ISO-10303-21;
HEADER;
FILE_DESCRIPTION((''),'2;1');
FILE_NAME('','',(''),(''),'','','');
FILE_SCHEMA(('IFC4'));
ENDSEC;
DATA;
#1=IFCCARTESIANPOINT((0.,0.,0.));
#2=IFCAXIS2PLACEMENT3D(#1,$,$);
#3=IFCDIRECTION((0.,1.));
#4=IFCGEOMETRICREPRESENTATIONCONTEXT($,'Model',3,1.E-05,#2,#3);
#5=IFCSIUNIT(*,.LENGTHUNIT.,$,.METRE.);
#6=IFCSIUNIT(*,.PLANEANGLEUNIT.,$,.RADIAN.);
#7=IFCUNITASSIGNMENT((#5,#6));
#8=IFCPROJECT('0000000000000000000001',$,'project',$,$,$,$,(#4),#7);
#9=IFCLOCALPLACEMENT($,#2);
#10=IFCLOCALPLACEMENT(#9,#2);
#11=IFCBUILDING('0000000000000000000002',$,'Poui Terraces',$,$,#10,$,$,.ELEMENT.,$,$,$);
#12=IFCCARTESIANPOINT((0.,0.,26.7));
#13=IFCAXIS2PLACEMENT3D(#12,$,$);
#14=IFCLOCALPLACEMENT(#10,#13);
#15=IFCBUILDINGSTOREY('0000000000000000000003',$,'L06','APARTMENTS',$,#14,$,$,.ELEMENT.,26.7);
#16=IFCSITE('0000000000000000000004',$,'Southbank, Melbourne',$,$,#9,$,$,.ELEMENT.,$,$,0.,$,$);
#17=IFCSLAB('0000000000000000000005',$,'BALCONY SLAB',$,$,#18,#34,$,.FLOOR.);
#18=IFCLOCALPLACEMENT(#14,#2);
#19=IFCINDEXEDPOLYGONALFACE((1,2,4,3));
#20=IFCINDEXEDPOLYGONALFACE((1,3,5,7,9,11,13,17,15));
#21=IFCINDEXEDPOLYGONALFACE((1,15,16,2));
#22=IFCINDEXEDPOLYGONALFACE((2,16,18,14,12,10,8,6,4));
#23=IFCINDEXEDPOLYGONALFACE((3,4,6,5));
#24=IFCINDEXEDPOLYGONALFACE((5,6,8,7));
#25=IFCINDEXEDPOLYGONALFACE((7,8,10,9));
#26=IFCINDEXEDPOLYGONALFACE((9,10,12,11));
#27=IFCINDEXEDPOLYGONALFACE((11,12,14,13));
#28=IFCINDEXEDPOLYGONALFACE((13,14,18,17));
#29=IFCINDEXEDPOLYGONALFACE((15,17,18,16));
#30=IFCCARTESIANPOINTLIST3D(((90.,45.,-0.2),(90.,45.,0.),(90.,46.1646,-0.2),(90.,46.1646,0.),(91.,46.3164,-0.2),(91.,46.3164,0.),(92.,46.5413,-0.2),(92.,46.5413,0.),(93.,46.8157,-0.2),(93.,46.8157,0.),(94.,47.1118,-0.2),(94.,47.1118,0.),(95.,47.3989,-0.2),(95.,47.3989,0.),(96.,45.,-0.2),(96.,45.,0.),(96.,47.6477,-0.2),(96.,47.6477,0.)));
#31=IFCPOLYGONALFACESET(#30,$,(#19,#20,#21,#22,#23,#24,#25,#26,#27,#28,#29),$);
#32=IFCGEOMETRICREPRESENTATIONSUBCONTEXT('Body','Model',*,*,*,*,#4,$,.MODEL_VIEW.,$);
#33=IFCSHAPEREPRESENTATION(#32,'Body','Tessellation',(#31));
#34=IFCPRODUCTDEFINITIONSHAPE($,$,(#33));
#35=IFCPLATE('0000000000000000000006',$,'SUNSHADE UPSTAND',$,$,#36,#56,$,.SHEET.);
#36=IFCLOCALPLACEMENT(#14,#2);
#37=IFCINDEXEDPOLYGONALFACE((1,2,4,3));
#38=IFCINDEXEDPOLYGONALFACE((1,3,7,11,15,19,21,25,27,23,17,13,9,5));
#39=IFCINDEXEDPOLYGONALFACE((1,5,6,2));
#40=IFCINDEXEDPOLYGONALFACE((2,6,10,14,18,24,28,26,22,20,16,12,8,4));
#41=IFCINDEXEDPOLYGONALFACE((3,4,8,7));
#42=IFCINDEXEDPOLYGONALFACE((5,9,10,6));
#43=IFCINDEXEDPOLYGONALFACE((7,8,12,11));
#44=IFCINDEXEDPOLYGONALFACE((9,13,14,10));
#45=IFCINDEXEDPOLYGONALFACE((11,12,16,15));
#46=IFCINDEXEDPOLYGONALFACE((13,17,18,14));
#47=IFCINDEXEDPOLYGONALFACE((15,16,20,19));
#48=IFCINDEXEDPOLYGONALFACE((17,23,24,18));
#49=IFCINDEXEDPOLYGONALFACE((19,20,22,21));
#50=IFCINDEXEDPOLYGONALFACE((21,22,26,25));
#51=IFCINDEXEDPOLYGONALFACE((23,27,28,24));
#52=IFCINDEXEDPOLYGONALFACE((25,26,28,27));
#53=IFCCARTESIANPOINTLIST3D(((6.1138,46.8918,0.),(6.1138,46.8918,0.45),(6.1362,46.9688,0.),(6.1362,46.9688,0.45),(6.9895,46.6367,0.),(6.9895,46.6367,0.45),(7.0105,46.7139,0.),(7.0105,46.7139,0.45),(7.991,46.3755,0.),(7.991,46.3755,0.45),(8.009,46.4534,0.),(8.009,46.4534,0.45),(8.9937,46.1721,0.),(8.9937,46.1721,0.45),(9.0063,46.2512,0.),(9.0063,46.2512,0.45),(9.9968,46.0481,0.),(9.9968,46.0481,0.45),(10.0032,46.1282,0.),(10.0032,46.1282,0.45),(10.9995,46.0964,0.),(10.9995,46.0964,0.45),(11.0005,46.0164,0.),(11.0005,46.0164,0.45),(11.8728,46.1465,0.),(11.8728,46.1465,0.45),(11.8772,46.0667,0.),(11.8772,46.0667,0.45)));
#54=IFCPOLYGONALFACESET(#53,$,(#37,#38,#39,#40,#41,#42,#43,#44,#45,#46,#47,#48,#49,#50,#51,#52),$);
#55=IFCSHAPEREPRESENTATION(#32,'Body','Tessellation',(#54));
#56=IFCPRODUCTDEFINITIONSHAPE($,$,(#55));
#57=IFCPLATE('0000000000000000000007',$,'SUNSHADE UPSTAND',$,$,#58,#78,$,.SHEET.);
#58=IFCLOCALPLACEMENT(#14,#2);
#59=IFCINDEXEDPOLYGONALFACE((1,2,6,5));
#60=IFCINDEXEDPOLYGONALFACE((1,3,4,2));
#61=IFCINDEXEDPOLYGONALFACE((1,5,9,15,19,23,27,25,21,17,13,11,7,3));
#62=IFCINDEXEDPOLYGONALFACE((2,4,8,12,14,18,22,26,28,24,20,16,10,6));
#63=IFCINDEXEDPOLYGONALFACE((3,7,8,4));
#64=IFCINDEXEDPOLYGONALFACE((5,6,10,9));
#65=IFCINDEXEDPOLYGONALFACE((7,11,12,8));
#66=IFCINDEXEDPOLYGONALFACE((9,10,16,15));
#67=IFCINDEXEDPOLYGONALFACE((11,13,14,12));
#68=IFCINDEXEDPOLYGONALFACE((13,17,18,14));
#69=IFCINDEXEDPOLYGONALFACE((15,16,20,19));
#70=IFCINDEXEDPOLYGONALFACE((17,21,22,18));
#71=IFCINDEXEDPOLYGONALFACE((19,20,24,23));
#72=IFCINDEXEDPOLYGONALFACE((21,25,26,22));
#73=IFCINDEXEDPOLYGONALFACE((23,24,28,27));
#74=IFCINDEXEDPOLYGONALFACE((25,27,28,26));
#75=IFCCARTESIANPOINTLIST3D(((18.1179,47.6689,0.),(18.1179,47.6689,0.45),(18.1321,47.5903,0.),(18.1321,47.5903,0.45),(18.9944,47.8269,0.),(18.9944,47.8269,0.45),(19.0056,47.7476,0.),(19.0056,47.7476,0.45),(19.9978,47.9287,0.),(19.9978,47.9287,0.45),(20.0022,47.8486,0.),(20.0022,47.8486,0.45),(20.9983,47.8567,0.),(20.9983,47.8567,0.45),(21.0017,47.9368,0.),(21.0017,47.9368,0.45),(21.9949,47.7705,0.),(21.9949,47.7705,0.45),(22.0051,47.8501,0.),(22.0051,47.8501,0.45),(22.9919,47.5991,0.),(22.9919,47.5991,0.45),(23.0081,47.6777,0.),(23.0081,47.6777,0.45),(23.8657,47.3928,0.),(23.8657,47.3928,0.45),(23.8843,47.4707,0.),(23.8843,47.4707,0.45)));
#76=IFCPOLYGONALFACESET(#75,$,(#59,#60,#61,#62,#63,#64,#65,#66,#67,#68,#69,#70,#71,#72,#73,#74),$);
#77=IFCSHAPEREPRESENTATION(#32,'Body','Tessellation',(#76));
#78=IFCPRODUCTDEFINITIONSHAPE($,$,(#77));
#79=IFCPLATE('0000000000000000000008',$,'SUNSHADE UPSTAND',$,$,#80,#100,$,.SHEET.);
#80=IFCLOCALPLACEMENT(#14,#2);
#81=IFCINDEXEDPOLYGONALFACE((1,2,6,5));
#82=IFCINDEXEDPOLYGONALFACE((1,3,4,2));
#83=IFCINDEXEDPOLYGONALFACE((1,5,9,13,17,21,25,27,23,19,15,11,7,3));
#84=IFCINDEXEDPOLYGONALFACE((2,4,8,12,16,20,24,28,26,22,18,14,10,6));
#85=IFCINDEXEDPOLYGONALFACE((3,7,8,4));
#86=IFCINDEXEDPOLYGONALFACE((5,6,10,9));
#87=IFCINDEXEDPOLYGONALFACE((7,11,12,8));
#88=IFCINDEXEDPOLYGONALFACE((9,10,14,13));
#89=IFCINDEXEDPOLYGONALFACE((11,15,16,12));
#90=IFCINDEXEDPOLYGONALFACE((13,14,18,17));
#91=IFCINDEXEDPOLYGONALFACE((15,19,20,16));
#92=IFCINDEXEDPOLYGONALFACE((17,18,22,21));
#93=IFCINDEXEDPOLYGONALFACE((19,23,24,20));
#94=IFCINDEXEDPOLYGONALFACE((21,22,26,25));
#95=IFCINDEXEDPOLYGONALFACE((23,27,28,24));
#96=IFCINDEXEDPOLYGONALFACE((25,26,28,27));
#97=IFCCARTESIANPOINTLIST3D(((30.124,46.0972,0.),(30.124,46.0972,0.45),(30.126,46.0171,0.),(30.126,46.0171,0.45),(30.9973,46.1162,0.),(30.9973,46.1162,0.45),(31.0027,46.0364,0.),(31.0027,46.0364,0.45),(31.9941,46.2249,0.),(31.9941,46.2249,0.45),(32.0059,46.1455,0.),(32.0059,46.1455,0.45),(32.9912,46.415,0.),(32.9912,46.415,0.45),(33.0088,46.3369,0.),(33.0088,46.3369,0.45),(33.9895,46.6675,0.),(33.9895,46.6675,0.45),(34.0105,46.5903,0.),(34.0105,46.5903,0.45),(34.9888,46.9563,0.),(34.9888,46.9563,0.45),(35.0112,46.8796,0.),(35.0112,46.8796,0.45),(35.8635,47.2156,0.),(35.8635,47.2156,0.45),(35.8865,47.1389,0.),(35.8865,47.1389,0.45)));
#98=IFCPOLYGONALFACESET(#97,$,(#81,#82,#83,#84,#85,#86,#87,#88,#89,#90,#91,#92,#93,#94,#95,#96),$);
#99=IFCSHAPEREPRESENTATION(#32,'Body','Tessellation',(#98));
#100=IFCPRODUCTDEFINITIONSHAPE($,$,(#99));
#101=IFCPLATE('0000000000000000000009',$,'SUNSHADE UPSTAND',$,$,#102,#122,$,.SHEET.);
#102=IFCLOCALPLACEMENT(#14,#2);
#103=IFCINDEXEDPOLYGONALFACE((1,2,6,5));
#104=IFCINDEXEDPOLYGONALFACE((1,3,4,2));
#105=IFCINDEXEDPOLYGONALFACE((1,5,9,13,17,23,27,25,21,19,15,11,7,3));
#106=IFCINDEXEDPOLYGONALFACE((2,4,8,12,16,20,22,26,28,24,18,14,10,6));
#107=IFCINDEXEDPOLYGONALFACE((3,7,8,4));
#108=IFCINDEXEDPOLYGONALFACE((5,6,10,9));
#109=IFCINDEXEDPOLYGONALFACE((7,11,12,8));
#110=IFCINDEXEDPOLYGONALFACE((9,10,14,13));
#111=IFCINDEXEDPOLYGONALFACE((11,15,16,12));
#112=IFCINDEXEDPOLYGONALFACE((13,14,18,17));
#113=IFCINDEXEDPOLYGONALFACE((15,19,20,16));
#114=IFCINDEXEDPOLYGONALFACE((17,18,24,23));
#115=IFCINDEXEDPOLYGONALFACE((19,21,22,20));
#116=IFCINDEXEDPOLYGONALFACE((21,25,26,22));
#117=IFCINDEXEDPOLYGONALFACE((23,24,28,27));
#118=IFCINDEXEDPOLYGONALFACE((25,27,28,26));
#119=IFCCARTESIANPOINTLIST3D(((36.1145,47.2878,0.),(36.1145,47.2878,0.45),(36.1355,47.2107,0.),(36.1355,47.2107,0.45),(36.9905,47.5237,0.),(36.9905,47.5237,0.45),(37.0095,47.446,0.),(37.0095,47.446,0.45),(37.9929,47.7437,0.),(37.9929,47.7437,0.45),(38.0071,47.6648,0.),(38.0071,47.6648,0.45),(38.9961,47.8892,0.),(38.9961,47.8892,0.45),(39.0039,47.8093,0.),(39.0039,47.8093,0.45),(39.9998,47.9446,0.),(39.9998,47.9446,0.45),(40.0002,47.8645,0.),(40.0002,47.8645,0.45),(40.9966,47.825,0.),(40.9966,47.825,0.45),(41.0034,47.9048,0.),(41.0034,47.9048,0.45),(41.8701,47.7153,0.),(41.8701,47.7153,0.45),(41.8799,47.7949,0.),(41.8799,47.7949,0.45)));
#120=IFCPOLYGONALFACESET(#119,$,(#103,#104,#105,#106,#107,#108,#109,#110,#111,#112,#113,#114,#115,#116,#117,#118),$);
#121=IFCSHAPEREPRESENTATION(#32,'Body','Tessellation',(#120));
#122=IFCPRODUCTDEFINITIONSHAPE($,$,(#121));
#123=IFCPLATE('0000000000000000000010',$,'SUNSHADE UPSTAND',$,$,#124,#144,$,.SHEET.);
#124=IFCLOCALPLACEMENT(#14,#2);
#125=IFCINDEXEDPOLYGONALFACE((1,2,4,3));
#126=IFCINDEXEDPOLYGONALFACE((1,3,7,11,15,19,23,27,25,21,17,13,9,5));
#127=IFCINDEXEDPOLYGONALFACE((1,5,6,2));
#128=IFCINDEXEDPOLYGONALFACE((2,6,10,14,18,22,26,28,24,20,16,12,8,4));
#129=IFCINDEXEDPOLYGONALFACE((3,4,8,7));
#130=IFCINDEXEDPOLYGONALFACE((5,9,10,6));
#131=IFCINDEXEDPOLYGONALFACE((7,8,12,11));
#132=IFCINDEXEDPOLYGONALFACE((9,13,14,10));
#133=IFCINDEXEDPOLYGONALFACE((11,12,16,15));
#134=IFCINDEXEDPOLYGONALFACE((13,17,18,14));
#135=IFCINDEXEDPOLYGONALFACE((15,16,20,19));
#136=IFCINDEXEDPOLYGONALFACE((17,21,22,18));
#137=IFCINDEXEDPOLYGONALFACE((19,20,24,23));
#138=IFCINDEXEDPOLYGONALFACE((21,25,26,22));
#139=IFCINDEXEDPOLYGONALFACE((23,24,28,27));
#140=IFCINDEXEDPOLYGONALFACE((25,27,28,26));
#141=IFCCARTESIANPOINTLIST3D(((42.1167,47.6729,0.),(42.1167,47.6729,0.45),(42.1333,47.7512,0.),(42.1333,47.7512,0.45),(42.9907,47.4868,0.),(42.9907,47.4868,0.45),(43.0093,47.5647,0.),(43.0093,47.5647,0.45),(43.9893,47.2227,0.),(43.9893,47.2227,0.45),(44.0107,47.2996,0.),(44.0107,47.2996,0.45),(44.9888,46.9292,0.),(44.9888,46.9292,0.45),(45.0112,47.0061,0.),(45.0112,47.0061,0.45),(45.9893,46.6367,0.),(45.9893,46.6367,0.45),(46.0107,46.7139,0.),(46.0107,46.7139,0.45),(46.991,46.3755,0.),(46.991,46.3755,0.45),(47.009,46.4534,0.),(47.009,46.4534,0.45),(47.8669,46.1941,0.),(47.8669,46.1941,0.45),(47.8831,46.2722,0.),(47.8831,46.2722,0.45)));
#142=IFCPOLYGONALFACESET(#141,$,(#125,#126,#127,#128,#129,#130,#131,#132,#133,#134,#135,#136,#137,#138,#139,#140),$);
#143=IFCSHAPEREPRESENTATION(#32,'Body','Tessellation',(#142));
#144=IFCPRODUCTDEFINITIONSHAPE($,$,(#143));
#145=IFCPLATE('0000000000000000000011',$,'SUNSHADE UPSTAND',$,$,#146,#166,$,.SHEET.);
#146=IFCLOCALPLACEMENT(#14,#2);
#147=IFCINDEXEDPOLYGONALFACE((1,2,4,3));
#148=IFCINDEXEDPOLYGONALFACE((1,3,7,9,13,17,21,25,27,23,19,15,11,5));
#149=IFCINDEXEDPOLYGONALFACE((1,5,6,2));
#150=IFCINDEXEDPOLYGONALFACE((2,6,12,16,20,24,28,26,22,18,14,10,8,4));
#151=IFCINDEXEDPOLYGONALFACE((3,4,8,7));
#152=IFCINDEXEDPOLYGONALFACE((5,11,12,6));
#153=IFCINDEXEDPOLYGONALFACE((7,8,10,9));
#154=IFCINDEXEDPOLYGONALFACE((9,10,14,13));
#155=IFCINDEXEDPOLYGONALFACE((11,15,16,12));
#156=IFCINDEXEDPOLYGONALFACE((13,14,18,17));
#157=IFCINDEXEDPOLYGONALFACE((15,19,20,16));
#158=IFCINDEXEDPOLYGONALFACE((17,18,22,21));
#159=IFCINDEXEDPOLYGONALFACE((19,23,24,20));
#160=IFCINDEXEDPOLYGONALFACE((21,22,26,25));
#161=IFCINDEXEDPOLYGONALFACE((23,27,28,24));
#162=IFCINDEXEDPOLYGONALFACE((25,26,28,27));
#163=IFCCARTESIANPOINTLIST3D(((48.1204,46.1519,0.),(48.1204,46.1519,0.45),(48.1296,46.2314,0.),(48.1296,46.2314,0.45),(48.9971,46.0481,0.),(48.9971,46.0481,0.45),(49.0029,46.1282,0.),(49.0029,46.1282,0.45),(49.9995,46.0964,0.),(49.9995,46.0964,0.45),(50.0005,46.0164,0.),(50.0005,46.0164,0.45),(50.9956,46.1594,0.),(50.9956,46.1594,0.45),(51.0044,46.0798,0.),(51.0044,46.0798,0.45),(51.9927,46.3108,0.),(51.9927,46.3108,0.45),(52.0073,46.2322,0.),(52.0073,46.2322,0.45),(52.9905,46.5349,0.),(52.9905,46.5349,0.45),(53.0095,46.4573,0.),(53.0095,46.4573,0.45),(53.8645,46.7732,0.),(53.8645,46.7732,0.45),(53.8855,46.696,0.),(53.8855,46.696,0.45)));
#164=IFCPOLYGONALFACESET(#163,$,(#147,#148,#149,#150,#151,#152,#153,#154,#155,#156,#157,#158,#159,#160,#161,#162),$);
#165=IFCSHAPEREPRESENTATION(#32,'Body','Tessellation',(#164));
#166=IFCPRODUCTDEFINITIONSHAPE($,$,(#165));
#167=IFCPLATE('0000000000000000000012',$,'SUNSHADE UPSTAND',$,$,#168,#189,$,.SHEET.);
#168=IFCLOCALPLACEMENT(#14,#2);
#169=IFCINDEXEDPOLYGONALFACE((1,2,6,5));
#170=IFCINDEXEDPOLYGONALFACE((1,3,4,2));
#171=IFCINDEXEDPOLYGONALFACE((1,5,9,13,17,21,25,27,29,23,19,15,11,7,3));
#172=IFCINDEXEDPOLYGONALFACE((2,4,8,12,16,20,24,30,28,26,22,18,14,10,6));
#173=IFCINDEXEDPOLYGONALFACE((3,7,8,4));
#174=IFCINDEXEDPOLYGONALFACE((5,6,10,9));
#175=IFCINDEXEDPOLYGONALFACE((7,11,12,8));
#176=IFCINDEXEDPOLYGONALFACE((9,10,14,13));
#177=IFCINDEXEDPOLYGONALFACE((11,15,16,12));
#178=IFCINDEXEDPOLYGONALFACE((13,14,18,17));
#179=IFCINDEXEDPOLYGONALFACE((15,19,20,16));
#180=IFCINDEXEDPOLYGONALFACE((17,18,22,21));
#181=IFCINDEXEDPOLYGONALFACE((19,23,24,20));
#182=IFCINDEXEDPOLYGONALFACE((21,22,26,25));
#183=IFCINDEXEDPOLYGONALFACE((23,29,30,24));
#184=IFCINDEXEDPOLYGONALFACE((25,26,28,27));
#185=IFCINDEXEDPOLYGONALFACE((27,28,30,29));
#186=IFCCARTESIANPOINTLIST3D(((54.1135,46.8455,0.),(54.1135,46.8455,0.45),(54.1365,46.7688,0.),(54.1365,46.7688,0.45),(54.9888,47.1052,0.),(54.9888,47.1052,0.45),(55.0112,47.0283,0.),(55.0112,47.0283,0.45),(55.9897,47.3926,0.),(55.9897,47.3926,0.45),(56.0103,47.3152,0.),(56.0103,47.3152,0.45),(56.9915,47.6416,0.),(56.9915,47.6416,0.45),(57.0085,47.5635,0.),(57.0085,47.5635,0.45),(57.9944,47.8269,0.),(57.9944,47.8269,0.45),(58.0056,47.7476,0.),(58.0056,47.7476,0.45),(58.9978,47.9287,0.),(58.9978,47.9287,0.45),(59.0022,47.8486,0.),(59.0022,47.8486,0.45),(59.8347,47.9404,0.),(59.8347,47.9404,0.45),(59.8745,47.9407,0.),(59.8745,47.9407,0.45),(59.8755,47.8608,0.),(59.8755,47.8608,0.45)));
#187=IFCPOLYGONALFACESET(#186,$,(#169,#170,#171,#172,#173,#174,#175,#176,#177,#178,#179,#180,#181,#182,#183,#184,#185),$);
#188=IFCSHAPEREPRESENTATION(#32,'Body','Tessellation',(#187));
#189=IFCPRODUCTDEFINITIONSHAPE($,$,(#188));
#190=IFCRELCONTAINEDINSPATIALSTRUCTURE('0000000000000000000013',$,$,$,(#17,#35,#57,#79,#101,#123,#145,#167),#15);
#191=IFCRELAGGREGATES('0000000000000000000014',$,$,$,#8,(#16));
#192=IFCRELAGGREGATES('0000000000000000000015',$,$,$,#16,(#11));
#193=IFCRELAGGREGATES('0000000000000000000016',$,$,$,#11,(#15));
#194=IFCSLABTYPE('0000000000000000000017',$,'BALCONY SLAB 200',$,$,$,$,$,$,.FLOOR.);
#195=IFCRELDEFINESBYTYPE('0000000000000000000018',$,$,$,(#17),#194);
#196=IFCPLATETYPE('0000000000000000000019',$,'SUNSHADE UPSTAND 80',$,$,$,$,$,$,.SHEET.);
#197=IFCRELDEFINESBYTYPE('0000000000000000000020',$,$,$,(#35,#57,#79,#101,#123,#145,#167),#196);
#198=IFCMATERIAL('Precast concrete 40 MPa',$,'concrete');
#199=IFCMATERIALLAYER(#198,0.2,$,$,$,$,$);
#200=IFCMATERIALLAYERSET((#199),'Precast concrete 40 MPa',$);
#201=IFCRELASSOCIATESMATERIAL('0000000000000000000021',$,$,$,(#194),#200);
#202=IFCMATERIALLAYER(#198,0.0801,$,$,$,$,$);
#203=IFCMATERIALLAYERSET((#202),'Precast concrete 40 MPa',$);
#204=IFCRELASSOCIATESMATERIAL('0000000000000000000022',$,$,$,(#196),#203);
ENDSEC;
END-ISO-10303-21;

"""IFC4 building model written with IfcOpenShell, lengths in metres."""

from ifc_helpers import new_model, si_unit, direction, frame, origin, place, context, subcontext, project, spatial, polyline, outline, extrude, material, layer, layer_set, type_object, element, save


model = new_model("IFC4")

# Units and contexts
model_context = context("Model", 3, precision=1e-05, world=origin(), true_north=direction((0.0, 1.0)))
body_context = subcontext(model_context, "Body", "Model", "MODEL_VIEW")
ifc_project = project(units=[si_unit("LENGTHUNIT", "METRE"), si_unit("PLANEANGLEUNIT", "RADIAN")], contexts=[model_context])

# Site, building, storey
site_placement = place(None, origin())
site = spatial("IfcSite", under=ifc_project, at=site_placement, Name="Southbank, Melbourne", CompositionType="ELEMENT", RefElevation=0.0)
building_placement = place(site_placement, origin())
building = spatial("IfcBuilding", under=site, at=building_placement, Name="Poui Terraces", CompositionType="ELEMENT")
storey_placement = place(building_placement, frame((0.0, 0.0, 26.7)))
storey = spatial("IfcBuildingStorey", under=building, at=storey_placement, Name="L06", Description="APARTMENTS", CompositionType="ELEMENT", Elevation=26.7)

# Slab
ifc_material_1 = material(Name="Precast concrete 40 MPa", Category="concrete")
ifc_layer_1 = layer(ifc_material_1, 0.2)
ifc_layer_set_1 = layer_set([ifc_layer_1], Name="Precast concrete 40 MPa")
slab_type_1 = type_object("IfcSlabType", Name="BALCONY SLAB 200", PredefinedType="FLOOR", material=ifc_layer_set_1)
slab_1_placement = place(storey_placement, frame((0.0, 0.0, -0.2)))
element("IfcSlab", 1, at=slab_1_placement, inside=storey, type_object=slab_type_1, Name="BALCONY SLAB", PredefinedType="FLOOR", context=body_context, shape_type="SweptSolid", body=[
    extrude(outline(polyline([(90.0, 45.0), (96.0, 45.0), (96.0, 47.6477), (95.0, 47.3989), (94.0, 47.1118), (93.0, 46.8157), (92.0, 46.5413), (91.0, 46.3164), (90.0, 46.1646), (90.0, 45.0)])), origin(), (0.0, 0.0, 1.0), 0.2),
])

# Plates
ifc_layer_2 = layer(ifc_material_1, 0.0801)
ifc_layer_set_2 = layer_set([ifc_layer_2], Name="Precast concrete 40 MPa")
plate_type = type_object("IfcPlateType", Name="SUNSHADE UPSTAND 80", PredefinedType="SHEET", material=ifc_layer_set_2)
plate_1_placement = place(storey_placement, origin())
element("IfcPlate", 2, at=plate_1_placement, inside=storey, type_object=plate_type, Name="SUNSHADE UPSTAND", PredefinedType="SHEET", context=body_context, shape_type="SweptSolid", body=[
    extrude(outline(polyline([(7.0105, 46.7139), (6.1362, 46.9688), (6.1138, 46.8918), (6.9895, 46.6367), (7.991, 46.3755), (8.9937, 46.1721), (9.9968, 46.0481), (11.0005, 46.0164), (11.8772, 46.0667), (11.8728, 46.1465), (10.9995, 46.0964), (10.0032, 46.1282), (9.0063, 46.2512), (8.009, 46.4534), (7.0105, 46.7139)])), origin(), (0.0, 0.0, 1.0), 0.45),
])
plate_2_placement = place(storey_placement, origin())
element("IfcPlate", 3, at=plate_2_placement, inside=storey, type_object=plate_type, Name="SUNSHADE UPSTAND", PredefinedType="SHEET", context=body_context, shape_type="SweptSolid", body=[
    extrude(outline(polyline([(18.9944, 47.8269), (18.1179, 47.6689), (18.1321, 47.5903), (19.0056, 47.7476), (20.0022, 47.8486), (20.9983, 47.8567), (21.9949, 47.7705), (22.9919, 47.5991), (23.8657, 47.3928), (23.8843, 47.4707), (23.0081, 47.6777), (22.0051, 47.8501), (21.0017, 47.9368), (19.9978, 47.9287), (18.9944, 47.8269)])), origin(), (0.0, 0.0, 1.0), 0.45),
])
plate_3_placement = place(storey_placement, origin())
element("IfcPlate", 4, at=plate_3_placement, inside=storey, type_object=plate_type, Name="SUNSHADE UPSTAND", PredefinedType="SHEET", context=body_context, shape_type="SweptSolid", body=[
    extrude(outline(polyline([(30.9973, 46.1162), (30.124, 46.0972), (30.126, 46.0171), (31.0027, 46.0364), (32.0059, 46.1455), (33.0088, 46.3369), (34.0105, 46.5903), (35.0112, 46.8796), (35.8865, 47.1389), (35.8635, 47.2156), (34.9888, 46.9563), (33.9895, 46.6675), (32.9912, 46.415), (31.9941, 46.2249), (30.9973, 46.1162)])), origin(), (0.0, 0.0, 1.0), 0.45),
])
plate_4_placement = place(storey_placement, origin())
element("IfcPlate", 5, at=plate_4_placement, inside=storey, type_object=plate_type, Name="SUNSHADE UPSTAND", PredefinedType="SHEET", context=body_context, shape_type="SweptSolid", body=[
    extrude(outline(polyline([(36.9905, 47.5237), (36.1145, 47.2878), (36.1355, 47.2107), (37.0095, 47.446), (38.0071, 47.6648), (39.0039, 47.8093), (40.0002, 47.8645), (40.9966, 47.825), (41.8701, 47.7153), (41.8799, 47.7949), (41.0034, 47.9048), (39.9998, 47.9446), (38.9961, 47.8892), (37.9929, 47.7437), (36.9905, 47.5237)])), origin(), (0.0, 0.0, 1.0), 0.45),
])
plate_5_placement = place(storey_placement, origin())
element("IfcPlate", 6, at=plate_5_placement, inside=storey, type_object=plate_type, Name="SUNSHADE UPSTAND", PredefinedType="SHEET", context=body_context, shape_type="SweptSolid", body=[
    extrude(outline(polyline([(43.0093, 47.5647), (42.1333, 47.7512), (42.1167, 47.6729), (42.9907, 47.4868), (43.9893, 47.2227), (44.9888, 46.9292), (45.9893, 46.6367), (46.991, 46.3755), (47.8669, 46.1941), (47.8831, 46.2722), (47.009, 46.4534), (46.0107, 46.7139), (45.0112, 47.0061), (44.0107, 47.2996), (43.0093, 47.5647)])), origin(), (0.0, 0.0, 1.0), 0.45),
])
plate_6_placement = place(storey_placement, origin())
element("IfcPlate", 7, at=plate_6_placement, inside=storey, type_object=plate_type, Name="SUNSHADE UPSTAND", PredefinedType="SHEET", context=body_context, shape_type="SweptSolid", body=[
    extrude(outline(polyline([(49.0029, 46.1282), (48.1296, 46.2314), (48.1204, 46.1519), (48.9971, 46.0481), (50.0005, 46.0164), (51.0044, 46.0798), (52.0073, 46.2322), (53.0095, 46.4573), (53.8855, 46.696), (53.8645, 46.7732), (52.9905, 46.5349), (51.9927, 46.3108), (50.9956, 46.1594), (49.9995, 46.0964), (49.0029, 46.1282)])), origin(), (0.0, 0.0, 1.0), 0.45),
])
plate_7_placement = place(storey_placement, origin())
element("IfcPlate", 8, at=plate_7_placement, inside=storey, type_object=plate_type, Name="SUNSHADE UPSTAND", PredefinedType="SHEET", context=body_context, shape_type="SweptSolid", body=[
    extrude(outline(polyline([(54.9888, 47.1052), (54.1135, 46.8455), (54.1365, 46.7688), (55.0112, 47.0283), (56.0103, 47.3152), (57.0085, 47.5635), (58.0056, 47.7476), (59.0022, 47.8486), (59.8755, 47.8608), (59.8745, 47.9407), (59.8347, 47.9404), (58.9978, 47.9287), (57.9944, 47.8269), (56.9915, 47.6416), (55.9897, 47.3926), (54.9888, 47.1052)])), origin(), (0.0, 0.0, 1.0), 0.45),
])

save(model, "model.ifc")
